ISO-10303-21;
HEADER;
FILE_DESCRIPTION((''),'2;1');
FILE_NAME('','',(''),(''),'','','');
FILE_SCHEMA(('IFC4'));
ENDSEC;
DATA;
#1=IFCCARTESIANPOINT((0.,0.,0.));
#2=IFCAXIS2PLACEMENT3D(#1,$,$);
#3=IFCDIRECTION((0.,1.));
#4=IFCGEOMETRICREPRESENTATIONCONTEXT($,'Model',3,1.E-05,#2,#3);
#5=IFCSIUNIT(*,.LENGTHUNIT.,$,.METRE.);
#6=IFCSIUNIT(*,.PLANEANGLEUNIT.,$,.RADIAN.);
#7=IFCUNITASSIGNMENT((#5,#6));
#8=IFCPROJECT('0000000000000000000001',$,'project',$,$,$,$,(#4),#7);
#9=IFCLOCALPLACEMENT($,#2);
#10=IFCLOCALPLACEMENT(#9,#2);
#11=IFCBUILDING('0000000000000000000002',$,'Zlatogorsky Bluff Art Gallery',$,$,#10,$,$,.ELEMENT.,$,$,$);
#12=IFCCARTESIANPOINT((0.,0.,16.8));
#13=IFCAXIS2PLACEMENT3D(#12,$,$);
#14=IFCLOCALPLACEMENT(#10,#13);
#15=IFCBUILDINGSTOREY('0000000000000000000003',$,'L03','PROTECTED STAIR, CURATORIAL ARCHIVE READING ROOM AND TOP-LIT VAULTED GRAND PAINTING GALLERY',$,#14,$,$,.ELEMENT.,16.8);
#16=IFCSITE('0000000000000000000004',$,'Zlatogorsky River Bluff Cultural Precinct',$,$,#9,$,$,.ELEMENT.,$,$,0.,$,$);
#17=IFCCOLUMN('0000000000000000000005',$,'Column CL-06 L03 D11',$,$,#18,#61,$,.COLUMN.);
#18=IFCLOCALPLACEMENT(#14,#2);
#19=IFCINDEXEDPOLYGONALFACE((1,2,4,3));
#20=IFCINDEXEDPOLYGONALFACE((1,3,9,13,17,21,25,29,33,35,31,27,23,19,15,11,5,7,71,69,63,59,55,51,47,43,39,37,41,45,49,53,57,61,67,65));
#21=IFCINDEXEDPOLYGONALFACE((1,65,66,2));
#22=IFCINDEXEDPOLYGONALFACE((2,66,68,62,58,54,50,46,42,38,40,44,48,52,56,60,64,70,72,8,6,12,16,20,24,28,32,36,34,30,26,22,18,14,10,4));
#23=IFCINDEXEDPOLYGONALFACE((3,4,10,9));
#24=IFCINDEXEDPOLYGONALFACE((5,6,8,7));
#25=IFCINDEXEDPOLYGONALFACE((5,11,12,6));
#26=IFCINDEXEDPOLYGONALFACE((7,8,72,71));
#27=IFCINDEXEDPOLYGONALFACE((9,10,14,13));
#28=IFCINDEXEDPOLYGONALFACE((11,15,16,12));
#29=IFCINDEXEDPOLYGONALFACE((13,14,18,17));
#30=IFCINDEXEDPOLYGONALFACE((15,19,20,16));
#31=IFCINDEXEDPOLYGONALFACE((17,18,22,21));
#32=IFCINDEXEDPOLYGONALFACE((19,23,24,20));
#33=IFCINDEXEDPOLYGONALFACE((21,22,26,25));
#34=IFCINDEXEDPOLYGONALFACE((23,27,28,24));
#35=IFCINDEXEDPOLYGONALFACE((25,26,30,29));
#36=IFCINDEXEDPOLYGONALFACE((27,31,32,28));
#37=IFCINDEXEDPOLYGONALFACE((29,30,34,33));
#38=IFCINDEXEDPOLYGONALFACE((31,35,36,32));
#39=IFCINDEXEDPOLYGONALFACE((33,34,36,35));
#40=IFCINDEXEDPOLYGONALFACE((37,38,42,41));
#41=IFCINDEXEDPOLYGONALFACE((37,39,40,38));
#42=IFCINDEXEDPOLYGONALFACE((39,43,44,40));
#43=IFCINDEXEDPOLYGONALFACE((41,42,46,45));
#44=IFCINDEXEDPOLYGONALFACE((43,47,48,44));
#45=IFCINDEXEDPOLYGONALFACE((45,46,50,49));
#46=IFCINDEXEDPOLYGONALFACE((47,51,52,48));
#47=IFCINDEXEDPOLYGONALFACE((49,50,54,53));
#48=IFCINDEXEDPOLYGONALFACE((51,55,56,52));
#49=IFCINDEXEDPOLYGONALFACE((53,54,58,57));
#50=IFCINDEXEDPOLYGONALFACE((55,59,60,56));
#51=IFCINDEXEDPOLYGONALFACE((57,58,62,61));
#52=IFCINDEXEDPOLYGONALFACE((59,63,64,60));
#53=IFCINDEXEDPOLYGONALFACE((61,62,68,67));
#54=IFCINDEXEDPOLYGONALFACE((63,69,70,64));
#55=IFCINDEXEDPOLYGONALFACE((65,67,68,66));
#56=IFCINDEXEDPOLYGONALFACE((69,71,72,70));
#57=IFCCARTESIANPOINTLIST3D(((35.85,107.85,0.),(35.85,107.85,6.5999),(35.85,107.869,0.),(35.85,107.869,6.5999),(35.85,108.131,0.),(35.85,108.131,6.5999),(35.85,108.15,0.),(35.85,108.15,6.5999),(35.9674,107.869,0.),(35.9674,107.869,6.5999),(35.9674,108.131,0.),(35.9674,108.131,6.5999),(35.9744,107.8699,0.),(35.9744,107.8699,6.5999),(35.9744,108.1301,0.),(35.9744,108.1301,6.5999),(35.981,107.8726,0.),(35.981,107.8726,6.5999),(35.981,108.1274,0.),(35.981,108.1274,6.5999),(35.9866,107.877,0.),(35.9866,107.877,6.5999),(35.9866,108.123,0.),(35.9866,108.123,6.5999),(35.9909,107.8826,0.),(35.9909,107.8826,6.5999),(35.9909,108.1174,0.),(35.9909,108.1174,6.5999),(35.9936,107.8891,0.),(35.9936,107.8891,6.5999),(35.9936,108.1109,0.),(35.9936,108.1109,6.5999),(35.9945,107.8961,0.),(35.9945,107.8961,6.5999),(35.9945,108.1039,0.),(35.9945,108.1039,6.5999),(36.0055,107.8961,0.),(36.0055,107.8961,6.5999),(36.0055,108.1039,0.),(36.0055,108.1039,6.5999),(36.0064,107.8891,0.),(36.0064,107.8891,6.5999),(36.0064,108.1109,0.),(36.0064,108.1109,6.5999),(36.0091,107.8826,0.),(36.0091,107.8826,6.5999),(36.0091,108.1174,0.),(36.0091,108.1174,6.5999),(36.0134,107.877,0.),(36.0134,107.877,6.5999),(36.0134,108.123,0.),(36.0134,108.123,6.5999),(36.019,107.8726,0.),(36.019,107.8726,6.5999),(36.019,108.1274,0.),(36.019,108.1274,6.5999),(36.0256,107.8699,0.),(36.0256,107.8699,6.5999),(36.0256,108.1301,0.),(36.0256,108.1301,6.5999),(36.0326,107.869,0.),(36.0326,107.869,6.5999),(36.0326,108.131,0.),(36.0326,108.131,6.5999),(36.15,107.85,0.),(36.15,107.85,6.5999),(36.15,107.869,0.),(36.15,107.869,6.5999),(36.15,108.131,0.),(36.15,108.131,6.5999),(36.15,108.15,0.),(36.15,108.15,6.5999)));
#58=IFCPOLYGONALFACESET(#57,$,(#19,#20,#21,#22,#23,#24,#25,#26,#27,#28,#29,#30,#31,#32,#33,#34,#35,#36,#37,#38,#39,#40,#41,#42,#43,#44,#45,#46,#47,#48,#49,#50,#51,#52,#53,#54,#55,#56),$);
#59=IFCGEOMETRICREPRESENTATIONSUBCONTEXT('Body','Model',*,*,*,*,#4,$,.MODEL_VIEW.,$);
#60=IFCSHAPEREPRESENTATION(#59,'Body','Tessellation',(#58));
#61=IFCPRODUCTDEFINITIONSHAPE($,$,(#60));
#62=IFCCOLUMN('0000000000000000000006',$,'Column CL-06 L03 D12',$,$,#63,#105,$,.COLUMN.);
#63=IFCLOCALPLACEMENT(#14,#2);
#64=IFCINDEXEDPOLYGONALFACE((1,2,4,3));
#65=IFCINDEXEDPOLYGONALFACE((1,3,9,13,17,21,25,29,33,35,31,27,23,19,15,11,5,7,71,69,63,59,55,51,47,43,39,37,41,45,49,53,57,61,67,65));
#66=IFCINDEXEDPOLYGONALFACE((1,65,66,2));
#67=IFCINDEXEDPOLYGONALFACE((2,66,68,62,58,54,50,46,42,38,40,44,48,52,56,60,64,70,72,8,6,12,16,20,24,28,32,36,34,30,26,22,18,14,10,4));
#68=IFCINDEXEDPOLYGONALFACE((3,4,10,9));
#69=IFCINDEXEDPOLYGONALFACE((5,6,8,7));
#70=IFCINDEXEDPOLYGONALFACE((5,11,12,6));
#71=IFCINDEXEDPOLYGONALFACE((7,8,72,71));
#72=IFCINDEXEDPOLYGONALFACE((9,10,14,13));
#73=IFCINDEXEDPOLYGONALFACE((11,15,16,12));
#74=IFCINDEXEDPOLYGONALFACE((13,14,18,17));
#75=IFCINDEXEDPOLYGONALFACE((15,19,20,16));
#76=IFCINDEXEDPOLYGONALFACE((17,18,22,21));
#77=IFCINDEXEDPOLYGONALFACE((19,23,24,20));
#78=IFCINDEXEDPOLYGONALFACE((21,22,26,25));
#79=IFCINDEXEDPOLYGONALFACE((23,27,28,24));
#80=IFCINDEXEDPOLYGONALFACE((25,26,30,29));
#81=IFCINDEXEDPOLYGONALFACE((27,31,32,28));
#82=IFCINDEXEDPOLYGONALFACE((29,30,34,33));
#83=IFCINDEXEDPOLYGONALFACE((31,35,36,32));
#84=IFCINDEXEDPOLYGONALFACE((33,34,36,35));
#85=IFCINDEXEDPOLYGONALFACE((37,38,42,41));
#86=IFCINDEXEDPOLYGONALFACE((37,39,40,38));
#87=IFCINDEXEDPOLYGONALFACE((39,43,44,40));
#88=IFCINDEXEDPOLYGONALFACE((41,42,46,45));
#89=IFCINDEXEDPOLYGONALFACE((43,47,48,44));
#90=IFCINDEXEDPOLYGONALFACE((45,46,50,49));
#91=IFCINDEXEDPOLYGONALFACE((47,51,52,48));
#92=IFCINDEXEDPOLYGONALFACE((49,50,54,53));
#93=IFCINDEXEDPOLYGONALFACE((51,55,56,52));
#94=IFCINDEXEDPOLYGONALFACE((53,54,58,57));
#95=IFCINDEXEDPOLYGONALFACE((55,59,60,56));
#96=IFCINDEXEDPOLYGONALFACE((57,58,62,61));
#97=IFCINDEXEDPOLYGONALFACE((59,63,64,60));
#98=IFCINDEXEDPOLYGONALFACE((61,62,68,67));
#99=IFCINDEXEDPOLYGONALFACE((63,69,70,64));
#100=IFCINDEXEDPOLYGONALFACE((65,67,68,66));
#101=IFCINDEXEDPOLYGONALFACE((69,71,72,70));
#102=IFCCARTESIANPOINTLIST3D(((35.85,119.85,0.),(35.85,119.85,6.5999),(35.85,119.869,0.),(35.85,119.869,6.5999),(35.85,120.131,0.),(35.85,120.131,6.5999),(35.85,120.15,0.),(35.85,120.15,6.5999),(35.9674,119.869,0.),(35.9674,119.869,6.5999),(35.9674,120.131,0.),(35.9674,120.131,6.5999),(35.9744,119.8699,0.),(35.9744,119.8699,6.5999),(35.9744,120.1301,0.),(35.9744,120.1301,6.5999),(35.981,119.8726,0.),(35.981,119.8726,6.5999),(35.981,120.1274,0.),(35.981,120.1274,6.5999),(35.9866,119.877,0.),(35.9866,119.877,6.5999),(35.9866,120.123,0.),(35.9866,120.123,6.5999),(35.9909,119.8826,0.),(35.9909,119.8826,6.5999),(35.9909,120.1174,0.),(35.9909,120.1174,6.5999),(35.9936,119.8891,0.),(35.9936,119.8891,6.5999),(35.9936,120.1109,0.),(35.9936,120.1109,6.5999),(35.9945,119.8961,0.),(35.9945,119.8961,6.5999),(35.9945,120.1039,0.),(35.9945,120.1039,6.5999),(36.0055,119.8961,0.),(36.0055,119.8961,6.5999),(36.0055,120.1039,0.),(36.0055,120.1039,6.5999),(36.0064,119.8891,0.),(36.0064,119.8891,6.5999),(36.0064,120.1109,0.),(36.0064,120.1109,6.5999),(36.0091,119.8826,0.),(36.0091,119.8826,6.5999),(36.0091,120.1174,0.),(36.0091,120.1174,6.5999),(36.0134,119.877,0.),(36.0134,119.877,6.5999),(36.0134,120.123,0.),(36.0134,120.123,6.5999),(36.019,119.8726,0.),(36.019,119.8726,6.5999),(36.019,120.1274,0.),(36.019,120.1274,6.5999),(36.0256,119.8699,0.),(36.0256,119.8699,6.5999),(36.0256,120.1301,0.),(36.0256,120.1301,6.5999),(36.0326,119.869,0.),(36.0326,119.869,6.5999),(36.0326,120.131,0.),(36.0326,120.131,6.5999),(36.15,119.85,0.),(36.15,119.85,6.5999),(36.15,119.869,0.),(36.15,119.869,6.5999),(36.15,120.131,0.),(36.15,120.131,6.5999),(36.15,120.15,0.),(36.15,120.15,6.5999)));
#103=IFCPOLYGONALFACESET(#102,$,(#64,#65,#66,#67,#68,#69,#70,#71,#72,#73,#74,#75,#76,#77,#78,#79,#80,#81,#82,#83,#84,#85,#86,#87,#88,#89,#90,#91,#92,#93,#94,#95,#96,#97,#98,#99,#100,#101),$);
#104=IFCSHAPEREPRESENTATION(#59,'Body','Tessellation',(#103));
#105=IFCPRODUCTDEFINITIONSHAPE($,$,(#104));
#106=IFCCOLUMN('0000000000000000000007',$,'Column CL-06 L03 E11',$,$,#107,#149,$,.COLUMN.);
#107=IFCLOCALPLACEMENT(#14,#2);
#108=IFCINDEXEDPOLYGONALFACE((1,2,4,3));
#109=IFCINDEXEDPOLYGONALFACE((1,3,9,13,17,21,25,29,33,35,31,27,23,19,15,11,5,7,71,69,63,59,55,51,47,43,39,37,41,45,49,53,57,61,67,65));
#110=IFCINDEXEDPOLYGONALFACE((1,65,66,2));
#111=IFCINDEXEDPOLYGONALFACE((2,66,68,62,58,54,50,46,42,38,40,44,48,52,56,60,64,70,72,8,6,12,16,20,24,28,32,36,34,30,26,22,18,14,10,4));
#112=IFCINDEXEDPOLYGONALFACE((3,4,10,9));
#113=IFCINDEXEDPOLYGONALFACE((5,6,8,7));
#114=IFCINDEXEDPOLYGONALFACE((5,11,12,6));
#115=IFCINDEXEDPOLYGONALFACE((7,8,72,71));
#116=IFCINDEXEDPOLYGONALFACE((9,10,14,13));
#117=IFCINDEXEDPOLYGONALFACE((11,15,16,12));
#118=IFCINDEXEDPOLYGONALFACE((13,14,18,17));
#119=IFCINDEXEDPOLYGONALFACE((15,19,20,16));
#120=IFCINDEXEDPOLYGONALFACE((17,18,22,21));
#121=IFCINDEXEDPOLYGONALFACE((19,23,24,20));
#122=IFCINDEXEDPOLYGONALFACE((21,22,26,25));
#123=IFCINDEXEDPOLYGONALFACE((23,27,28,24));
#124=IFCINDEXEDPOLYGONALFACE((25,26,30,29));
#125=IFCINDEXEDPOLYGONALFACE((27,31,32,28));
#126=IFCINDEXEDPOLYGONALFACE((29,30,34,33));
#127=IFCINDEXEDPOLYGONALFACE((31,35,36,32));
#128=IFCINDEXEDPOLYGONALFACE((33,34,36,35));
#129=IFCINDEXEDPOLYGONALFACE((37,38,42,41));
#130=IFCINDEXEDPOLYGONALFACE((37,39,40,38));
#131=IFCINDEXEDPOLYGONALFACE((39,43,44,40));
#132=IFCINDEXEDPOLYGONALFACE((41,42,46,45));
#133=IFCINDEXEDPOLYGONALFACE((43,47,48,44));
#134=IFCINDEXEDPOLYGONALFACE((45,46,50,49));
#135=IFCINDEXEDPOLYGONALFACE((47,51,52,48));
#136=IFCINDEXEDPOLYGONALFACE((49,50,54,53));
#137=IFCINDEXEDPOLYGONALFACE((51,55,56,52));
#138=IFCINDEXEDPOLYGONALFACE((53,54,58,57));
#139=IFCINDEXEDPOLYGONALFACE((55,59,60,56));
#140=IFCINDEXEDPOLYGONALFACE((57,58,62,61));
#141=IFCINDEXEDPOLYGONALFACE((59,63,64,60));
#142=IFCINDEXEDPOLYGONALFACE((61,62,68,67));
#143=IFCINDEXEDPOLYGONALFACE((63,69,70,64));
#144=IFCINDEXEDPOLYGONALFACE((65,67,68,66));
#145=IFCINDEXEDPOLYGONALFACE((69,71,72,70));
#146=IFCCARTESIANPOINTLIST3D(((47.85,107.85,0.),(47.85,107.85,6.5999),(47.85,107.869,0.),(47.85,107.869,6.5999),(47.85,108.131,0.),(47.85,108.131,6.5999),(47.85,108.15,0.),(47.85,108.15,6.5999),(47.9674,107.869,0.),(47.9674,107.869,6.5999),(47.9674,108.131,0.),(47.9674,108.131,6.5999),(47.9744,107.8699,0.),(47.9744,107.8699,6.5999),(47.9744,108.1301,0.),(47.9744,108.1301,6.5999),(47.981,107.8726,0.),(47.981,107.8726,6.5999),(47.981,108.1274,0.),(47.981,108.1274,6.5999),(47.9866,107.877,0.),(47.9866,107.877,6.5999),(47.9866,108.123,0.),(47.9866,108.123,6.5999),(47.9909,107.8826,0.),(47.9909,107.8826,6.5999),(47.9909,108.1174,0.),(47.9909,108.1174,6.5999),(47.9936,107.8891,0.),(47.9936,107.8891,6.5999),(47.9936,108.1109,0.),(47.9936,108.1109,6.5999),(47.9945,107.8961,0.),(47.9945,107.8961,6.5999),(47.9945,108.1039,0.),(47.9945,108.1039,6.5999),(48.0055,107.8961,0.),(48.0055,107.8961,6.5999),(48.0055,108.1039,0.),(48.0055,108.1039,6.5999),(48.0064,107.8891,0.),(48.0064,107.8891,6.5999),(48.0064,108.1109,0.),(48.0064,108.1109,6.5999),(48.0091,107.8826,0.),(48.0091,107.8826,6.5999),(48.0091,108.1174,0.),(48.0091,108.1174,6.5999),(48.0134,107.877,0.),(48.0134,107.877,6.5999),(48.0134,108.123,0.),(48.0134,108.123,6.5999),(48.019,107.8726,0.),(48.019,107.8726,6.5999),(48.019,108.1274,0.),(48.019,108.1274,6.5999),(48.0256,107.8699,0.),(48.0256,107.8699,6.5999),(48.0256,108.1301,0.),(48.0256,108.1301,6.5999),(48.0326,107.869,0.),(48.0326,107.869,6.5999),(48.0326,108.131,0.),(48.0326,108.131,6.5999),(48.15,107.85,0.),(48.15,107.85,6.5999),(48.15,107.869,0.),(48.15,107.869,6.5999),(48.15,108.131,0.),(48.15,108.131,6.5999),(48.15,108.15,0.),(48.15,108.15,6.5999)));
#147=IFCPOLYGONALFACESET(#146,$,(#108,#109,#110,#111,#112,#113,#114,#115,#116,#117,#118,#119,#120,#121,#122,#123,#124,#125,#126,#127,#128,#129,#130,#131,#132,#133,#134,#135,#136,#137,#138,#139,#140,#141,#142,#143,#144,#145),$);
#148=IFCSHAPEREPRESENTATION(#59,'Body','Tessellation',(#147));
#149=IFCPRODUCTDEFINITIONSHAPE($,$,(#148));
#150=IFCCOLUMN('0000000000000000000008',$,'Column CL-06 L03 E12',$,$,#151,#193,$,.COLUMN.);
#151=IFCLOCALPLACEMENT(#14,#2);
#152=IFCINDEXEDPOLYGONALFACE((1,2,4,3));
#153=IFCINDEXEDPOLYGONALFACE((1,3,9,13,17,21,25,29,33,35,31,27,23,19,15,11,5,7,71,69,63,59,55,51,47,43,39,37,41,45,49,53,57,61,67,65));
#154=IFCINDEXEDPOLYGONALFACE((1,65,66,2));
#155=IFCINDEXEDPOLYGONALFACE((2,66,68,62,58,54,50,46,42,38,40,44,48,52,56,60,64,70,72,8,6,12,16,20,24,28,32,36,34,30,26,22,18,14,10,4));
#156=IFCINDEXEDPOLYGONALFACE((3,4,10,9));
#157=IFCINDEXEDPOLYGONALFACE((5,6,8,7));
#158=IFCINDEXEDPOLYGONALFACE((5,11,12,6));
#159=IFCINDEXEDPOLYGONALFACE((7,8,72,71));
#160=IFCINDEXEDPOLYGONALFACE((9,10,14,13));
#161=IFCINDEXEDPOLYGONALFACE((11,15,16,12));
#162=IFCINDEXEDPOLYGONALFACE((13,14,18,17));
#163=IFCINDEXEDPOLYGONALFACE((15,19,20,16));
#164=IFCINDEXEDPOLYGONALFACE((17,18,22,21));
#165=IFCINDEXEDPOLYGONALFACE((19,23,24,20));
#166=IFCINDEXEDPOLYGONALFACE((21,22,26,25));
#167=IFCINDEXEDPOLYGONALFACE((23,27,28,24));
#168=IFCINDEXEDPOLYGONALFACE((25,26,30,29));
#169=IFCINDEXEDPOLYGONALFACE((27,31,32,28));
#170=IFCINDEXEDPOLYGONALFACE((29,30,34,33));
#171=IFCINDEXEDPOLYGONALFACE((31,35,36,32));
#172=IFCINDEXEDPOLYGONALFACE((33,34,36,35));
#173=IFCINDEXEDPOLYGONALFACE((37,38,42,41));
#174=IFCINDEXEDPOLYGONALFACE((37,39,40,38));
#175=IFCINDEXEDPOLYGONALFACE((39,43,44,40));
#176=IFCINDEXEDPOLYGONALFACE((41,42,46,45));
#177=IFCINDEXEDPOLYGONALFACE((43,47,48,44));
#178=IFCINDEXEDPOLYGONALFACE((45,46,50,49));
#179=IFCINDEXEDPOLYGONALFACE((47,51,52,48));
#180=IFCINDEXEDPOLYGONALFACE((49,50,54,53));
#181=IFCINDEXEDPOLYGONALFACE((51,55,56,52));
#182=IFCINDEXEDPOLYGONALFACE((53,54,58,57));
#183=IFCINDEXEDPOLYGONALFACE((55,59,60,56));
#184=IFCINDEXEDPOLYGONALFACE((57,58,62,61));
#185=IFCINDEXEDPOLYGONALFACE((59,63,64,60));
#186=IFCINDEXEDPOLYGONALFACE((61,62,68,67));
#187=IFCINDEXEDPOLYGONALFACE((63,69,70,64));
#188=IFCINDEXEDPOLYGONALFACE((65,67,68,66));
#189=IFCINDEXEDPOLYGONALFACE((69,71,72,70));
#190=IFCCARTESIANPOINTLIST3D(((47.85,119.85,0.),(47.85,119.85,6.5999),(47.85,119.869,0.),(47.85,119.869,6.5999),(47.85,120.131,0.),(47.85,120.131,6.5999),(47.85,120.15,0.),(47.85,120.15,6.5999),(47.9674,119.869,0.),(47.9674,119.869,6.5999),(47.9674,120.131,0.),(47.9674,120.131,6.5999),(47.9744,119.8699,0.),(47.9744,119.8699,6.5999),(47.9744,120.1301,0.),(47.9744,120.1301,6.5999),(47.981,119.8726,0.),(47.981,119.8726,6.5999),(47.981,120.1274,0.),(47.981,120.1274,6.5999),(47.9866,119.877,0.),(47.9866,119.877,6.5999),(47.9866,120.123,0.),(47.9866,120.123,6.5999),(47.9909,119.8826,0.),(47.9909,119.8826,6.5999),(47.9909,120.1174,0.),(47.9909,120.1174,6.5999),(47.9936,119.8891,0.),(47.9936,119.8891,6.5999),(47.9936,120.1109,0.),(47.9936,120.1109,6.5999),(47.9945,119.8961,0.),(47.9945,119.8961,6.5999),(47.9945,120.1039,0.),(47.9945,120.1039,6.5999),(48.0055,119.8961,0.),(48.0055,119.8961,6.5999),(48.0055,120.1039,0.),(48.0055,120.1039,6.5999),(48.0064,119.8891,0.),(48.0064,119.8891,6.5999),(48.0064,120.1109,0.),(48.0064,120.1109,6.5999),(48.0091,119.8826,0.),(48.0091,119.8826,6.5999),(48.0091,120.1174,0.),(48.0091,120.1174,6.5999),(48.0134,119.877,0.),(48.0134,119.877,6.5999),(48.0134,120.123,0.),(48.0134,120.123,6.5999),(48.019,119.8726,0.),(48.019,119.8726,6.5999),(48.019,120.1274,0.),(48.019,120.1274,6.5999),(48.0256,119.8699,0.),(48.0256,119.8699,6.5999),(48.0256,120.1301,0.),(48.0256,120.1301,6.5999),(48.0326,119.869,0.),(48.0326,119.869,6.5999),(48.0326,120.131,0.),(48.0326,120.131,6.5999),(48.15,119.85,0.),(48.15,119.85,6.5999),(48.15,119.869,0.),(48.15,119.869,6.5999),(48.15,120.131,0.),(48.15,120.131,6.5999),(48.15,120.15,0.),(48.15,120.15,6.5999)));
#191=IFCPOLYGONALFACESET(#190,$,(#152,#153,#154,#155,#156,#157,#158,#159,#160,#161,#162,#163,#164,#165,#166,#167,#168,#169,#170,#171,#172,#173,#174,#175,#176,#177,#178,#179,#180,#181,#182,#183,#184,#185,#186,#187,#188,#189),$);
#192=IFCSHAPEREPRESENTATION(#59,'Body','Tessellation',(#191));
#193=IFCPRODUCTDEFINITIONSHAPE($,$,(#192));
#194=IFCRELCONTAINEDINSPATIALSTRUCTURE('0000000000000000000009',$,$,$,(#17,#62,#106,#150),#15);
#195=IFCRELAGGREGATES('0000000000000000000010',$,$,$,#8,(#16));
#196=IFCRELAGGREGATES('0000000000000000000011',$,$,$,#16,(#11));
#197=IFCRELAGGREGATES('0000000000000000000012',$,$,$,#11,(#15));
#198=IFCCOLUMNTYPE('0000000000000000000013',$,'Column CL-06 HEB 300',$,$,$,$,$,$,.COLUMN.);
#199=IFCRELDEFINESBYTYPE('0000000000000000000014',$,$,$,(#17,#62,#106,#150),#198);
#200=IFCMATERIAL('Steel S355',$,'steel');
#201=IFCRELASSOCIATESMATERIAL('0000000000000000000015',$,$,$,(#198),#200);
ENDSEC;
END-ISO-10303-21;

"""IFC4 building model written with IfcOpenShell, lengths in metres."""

from ifc_helpers import new_model, si_unit, direction, frame, origin, origin_2d, place, context, subcontext, project, spatial, i_section, extrude, material, material_profile, profile_set, type_object, element, save


model = new_model("IFC4")

# Units and contexts
model_context = context("Model", 3, precision=1e-05, world=origin(), true_north=direction((0.0, 1.0)))
body_context = subcontext(model_context, "Body", "Model", "MODEL_VIEW")
ifc_project = project(units=[si_unit("LENGTHUNIT", "METRE"), si_unit("PLANEANGLEUNIT", "RADIAN")], contexts=[model_context])

# Site, building, storey
site_placement = place(None, origin())
site = spatial("IfcSite", under=ifc_project, at=site_placement, Name="Zlatogorsky River Bluff Cultural Precinct", CompositionType="ELEMENT", RefElevation=0.0)
building_placement = place(site_placement, origin())
building = spatial("IfcBuilding", under=site, at=building_placement, Name="Zlatogorsky Bluff Art Gallery", CompositionType="ELEMENT")
storey_placement = place(building_placement, frame((0.0, 0.0, 16.8)))
storey = spatial("IfcBuildingStorey", under=building, at=storey_placement, Name="L03", Description="PROTECTED STAIR, CURATORIAL ARCHIVE READING ROOM AND TOP-LIT VAULTED GRAND PAINTING GALLERY", CompositionType="ELEMENT", Elevation=16.8)

# Columns
ifc_material_1 = material(Name="Steel S355", Category="steel")
ifc_material_profile_1 = material_profile(ifc_material_1, i_section(OverallWidth=0.3, OverallDepth=0.3, WebThickness=0.011, FlangeThickness=0.019, FilletRadius=0.0271, at=origin_2d()), Name="HEB 300")
ifc_profile_set_1 = profile_set([ifc_material_profile_1], Name="Steel S355")
column_type = type_object("IfcColumnType", Name="Column CL-06 HEB 300", PredefinedType="COLUMN", material=ifc_profile_set_1)
for number, where, z_axis, x_axis, name in (
    (1, (36.0, 108.0, 0.0), (0.0, 0.0, 1.0), (1.0, 0.0, 0.0), "Column CL-06 L03 D11"),
    (2, (36.0, 120.0, 0.0), (0.0, 0.0, 1.0), (1.0, 0.0, 0.0), "Column CL-06 L03 D12"),
    (3, (48.0, 108.0, 0.0), (0.0, 0.0, 1.0), (1.0, 0.0, 0.0), "Column CL-06 L03 E11"),
    (4, (48.0, 120.0, 0.0), (0.0, 0.0, 1.0), (1.0, 0.0, 0.0), "Column CL-06 L03 E12"),
):
    element("IfcColumn", number, at=place(storey_placement, frame(where, z_axis=z_axis, x_axis=x_axis)), inside=storey, type_object=column_type, Name=name, PredefinedType="COLUMN", context=body_context, shape_type="SweptSolid", body=[
        extrude(i_section(OverallWidth=0.3, OverallDepth=0.3, WebThickness=0.011, FlangeThickness=0.019, FilletRadius=0.0271, at=origin_2d()), origin(), (0.0, 0.0, 1.0), 6.5999),
    ])

save(model, "model.ifc")
